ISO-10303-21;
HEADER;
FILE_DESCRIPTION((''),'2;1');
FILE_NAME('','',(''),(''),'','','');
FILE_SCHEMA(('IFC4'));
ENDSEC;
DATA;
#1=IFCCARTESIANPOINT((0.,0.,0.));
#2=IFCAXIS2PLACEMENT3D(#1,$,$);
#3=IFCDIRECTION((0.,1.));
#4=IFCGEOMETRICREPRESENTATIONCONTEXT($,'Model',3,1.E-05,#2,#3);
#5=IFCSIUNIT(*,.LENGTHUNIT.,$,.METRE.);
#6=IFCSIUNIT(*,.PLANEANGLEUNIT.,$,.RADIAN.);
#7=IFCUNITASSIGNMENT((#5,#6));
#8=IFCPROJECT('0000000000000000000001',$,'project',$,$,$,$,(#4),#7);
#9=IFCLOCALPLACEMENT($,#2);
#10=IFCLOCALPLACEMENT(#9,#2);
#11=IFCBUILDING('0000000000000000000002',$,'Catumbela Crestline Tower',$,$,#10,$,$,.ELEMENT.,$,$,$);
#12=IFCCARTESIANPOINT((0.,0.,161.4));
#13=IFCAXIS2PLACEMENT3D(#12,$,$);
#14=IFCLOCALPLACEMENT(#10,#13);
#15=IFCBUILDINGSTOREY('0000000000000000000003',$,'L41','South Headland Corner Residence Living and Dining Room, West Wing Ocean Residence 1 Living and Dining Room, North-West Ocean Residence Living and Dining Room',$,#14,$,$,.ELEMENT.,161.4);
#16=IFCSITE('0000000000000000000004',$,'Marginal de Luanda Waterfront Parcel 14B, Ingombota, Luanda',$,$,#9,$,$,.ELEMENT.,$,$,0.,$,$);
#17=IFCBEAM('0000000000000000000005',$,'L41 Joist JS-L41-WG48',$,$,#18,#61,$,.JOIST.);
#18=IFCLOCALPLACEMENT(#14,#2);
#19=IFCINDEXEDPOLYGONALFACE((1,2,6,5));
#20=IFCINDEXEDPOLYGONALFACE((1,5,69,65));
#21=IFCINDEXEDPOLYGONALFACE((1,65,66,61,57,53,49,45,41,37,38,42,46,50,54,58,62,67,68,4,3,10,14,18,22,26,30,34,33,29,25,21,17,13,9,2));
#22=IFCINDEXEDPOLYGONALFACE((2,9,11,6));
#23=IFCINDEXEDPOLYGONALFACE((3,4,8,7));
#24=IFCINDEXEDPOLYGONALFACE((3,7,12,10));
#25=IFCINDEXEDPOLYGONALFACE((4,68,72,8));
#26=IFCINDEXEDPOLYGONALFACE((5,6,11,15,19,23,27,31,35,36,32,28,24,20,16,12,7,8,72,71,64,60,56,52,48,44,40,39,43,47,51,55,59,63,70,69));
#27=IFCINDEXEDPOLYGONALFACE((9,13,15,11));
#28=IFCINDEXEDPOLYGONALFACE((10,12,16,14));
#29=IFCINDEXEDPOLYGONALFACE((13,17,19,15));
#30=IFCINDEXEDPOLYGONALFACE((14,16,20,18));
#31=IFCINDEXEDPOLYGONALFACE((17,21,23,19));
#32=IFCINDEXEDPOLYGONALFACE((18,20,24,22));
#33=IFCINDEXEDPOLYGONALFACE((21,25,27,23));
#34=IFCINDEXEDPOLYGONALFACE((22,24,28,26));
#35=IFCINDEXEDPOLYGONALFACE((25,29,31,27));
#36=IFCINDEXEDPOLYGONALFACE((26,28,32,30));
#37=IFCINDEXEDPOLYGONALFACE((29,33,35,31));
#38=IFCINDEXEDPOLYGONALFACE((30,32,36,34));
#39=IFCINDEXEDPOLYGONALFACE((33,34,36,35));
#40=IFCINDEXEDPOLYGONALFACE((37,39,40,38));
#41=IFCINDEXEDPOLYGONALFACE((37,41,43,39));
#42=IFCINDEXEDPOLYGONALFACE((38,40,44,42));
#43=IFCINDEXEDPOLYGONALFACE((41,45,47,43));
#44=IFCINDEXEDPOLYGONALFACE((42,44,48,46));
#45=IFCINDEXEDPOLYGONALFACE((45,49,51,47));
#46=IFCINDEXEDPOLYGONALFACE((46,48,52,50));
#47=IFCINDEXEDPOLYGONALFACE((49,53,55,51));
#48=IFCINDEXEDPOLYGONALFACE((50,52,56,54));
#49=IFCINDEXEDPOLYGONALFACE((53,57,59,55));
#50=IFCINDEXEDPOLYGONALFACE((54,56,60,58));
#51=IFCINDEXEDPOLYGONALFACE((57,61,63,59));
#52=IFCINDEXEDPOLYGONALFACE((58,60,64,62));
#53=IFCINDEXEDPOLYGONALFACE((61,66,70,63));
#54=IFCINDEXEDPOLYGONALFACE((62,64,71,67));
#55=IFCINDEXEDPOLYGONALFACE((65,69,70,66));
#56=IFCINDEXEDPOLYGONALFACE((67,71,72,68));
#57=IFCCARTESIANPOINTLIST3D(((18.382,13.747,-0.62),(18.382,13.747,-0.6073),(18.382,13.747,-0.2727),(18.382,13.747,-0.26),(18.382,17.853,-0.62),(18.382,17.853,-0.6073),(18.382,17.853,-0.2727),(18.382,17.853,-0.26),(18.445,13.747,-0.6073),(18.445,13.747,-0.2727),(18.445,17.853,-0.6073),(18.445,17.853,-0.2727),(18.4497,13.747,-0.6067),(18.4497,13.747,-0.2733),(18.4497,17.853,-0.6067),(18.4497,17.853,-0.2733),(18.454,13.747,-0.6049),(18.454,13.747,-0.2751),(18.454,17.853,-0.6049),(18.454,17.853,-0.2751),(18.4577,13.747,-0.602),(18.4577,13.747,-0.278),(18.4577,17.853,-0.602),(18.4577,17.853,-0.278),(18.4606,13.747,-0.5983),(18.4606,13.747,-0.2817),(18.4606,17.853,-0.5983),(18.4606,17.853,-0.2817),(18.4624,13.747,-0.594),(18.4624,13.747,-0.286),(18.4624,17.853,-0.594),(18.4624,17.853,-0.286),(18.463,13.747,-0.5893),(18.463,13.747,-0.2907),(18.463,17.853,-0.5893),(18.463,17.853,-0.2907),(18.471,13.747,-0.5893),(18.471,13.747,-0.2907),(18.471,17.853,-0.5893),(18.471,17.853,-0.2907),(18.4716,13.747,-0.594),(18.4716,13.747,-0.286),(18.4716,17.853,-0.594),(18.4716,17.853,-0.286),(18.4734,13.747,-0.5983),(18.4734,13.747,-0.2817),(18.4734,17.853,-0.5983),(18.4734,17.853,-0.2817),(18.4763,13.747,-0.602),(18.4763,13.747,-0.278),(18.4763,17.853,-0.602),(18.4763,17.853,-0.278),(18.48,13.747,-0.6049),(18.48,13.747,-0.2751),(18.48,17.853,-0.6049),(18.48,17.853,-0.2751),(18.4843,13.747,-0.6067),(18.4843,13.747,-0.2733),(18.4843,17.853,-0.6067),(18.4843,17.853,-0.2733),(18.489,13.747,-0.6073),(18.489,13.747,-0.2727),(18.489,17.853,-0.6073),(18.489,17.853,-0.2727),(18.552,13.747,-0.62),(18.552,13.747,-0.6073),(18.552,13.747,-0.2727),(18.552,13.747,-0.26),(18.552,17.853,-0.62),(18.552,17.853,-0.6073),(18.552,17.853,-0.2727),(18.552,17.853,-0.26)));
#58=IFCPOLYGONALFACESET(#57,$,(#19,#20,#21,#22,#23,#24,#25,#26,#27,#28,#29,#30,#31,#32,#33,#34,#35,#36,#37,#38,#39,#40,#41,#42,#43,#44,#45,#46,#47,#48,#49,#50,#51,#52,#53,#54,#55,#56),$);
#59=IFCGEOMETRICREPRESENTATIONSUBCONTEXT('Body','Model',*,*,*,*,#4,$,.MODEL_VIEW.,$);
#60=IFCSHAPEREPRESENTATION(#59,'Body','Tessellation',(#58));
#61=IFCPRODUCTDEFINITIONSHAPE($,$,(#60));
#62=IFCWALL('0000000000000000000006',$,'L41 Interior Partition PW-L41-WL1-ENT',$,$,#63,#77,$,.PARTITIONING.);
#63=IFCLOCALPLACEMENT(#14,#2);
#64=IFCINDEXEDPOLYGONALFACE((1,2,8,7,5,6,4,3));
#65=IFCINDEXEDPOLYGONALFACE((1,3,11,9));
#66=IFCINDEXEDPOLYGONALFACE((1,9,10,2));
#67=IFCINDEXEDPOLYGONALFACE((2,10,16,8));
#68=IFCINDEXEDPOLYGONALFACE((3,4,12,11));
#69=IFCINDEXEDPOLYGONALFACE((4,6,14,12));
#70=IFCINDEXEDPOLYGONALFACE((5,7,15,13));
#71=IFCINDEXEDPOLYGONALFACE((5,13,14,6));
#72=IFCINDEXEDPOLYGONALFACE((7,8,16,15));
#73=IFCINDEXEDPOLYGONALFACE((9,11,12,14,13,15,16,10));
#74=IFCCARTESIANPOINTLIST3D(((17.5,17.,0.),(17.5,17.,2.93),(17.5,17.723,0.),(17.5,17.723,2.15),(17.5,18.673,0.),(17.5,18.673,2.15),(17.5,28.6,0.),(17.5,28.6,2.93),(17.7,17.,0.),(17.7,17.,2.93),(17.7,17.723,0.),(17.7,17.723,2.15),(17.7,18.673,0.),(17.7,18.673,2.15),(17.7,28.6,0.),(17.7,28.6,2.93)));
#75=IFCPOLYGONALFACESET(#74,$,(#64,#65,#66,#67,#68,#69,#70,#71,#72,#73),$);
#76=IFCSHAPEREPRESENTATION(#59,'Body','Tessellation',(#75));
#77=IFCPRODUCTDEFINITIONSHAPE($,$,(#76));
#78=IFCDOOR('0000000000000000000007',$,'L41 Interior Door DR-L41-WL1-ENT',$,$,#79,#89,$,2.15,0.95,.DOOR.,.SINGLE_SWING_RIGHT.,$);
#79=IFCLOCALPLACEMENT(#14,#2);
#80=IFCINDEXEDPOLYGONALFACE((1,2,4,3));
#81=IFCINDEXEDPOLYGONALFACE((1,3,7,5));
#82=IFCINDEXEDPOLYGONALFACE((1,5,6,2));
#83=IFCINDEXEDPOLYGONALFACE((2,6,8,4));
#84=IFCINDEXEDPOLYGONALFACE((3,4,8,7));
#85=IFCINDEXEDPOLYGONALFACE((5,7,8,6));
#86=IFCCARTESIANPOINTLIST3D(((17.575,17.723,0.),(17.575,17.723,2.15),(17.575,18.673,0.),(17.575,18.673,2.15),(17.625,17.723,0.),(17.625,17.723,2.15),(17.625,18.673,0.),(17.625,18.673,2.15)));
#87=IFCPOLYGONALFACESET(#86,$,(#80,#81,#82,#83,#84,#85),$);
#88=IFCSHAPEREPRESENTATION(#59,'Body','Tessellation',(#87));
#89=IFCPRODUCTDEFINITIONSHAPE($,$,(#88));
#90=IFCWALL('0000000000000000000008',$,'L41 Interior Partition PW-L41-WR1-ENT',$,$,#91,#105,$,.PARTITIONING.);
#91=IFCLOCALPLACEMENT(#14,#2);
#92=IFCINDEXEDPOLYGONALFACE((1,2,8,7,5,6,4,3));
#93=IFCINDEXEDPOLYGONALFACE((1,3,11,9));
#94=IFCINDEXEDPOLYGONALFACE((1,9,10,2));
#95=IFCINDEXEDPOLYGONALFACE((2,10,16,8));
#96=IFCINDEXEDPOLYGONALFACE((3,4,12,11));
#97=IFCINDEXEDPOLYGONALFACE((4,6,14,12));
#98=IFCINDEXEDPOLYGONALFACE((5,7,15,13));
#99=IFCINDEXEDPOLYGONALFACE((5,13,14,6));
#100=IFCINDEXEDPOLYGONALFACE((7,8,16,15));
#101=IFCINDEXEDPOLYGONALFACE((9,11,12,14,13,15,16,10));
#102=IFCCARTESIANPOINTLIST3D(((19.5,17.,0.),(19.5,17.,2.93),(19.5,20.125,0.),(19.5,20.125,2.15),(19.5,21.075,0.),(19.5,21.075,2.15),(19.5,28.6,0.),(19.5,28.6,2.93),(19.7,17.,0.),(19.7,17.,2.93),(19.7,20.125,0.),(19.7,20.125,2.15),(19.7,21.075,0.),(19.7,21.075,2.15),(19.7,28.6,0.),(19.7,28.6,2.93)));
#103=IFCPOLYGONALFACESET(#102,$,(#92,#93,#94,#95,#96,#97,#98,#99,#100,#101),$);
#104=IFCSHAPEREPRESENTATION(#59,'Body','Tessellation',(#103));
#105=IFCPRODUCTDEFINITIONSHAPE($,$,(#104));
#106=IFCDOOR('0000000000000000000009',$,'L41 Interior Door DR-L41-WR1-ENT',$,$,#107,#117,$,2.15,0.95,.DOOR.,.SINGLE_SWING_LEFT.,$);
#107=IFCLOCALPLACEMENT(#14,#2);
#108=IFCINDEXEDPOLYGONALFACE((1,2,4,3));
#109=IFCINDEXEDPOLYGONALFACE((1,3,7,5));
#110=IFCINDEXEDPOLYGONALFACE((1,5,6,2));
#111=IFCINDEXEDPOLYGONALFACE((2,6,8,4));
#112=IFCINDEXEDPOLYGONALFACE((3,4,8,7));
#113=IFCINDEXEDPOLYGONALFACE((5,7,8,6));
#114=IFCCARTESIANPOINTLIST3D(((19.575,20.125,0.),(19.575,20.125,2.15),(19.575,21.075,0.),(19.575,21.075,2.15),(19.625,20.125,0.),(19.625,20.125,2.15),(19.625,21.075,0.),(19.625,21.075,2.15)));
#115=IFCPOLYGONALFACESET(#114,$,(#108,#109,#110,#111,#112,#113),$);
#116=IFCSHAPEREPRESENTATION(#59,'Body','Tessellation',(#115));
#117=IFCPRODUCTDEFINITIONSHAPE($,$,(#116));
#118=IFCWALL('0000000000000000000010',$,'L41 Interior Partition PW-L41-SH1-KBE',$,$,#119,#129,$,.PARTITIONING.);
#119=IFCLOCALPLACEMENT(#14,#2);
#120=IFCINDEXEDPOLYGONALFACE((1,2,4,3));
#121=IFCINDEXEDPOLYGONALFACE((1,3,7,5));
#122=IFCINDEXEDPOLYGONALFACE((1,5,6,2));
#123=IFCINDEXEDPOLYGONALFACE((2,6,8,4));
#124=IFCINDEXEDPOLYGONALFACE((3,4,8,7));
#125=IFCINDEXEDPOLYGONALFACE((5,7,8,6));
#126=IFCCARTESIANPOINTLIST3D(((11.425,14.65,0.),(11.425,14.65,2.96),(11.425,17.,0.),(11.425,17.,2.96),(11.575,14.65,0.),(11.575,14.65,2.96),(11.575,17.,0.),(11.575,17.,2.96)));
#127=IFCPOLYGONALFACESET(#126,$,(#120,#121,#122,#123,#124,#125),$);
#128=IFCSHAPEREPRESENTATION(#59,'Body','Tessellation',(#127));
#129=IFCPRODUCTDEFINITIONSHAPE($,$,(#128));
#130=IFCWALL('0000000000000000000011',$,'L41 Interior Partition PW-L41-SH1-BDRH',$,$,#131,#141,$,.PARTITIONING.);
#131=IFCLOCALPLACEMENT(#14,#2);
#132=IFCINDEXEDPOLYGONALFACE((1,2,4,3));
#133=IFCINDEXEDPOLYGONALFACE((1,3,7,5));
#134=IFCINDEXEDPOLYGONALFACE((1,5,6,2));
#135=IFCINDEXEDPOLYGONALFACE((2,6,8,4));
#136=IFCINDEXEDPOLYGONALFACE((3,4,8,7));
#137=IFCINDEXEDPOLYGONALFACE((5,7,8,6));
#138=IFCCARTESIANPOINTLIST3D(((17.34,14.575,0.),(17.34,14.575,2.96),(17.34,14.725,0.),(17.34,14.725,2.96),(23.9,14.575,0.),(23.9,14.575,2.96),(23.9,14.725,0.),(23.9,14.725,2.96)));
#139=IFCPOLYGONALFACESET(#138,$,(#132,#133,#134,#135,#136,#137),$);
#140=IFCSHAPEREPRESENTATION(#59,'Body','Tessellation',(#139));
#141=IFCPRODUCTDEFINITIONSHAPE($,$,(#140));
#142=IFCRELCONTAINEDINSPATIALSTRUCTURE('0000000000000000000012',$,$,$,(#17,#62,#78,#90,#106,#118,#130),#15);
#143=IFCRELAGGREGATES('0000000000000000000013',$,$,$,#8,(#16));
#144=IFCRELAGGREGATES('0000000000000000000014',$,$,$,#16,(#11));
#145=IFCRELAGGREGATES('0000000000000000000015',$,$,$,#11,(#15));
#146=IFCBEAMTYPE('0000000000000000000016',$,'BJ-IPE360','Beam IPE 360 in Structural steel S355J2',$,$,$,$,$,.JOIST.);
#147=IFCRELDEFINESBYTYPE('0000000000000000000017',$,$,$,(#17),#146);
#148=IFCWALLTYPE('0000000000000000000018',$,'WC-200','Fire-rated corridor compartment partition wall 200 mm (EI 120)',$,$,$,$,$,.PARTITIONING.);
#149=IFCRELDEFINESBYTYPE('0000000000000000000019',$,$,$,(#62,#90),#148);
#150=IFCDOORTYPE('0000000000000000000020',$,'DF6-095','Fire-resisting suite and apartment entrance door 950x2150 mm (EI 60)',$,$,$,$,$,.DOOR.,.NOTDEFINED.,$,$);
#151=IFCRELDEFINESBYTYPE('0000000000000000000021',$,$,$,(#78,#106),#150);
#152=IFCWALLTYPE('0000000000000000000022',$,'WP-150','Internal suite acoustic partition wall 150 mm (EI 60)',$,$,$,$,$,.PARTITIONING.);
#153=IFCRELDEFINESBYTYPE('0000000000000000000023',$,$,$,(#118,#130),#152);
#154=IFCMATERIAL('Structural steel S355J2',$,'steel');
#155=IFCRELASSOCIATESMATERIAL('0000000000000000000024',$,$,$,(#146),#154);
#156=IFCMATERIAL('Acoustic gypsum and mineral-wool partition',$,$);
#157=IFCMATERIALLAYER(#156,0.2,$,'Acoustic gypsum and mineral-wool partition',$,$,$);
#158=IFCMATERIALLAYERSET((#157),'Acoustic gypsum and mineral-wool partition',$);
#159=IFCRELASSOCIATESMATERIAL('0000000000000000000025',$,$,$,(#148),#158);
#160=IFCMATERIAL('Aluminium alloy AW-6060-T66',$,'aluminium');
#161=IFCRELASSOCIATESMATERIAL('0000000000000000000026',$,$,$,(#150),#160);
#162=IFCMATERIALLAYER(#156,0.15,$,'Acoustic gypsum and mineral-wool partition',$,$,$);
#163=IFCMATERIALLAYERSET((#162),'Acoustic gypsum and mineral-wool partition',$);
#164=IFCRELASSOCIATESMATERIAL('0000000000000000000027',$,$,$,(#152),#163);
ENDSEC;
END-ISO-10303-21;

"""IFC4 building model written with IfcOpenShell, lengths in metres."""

from ifc_helpers import new_model, si_unit, direction, frame, frame_2d, origin, origin_2d, place, context, subcontext, project, spatial, rectangle, i_section, extrude, material, layer, layer_set, material_profile, profile_set, type_object, element, fill, save


model = new_model("IFC4")

# Units and contexts
model_context = context("Model", 3, precision=1e-05, world=origin(), true_north=direction((0.0, 1.0)))
body_context = subcontext(model_context, "Body", "Model", "MODEL_VIEW")
ifc_project = project(units=[si_unit("LENGTHUNIT", "METRE"), si_unit("PLANEANGLEUNIT", "RADIAN")], contexts=[model_context])

# Site, building, storey
site_placement = place(None, origin())
site = spatial("IfcSite", under=ifc_project, at=site_placement, Name="Marginal de Luanda Waterfront Parcel 14B, Ingombota, Luanda", CompositionType="ELEMENT", RefElevation=0.0)
building_placement = place(site_placement, origin())
building = spatial("IfcBuilding", under=site, at=building_placement, Name="Catumbela Crestline Tower", CompositionType="ELEMENT")
storey_placement = place(building_placement, frame((0.0, 0.0, 161.4)))
storey = spatial("IfcBuildingStorey", under=building, at=storey_placement, Name="L41", Description="South Headland Corner Residence Living and Dining Room, West Wing Ocean Residence 1 Living and Dining Room, North-West Ocean Residence Living and Dining Room", CompositionType="ELEMENT", Elevation=161.4)

# Shared definitions
ifc_material_1 = material(Name="Structural steel S355J2", Category="steel")

# Beam
ifc_material_profile_1 = material_profile(ifc_material_1, i_section(OverallWidth=0.17, OverallDepth=0.36, WebThickness=0.008, FlangeThickness=0.0127, FilletRadius=0.018, at=origin_2d()), Name="IPE 360")
ifc_profile_set_1 = profile_set([ifc_material_profile_1], Name="Structural steel S355J2")
beam_type_1 = type_object("IfcBeamType", Name="BJ-IPE360", Description="Beam IPE 360 in Structural steel S355J2", PredefinedType="JOIST", material=ifc_profile_set_1)
for number, where, z_axis, x_axis, name in (
    (1, (18.467, 13.747, -0.44), (0.0, 1.0, 0.0), (-1.0, 0.0, 0.0), "L41 Joist JS-L41-WG48"),
):
    element("IfcBeam", number, at=place(storey_placement, frame(where, z_axis=z_axis, x_axis=x_axis)), inside=storey, type_object=beam_type_1, Name=name, PredefinedType="JOIST", context=body_context, shape_type="SweptSolid", body=[
        extrude(i_section(OverallWidth=0.17, OverallDepth=0.36, WebThickness=0.008, FlangeThickness=0.0127, FilletRadius=0.018, at=origin_2d()), origin(), (0.0, 0.0, 1.0), 4.106),
    ])

# Walls, openings, doors
ifc_material_2 = material(Name="Acoustic gypsum and mineral-wool partition")
ifc_layer_1 = layer(ifc_material_2, 0.2, Name="Acoustic gypsum and mineral-wool partition")
ifc_layer_set_1 = layer_set([ifc_layer_1], Name="Acoustic gypsum and mineral-wool partition")
wall_type_1 = type_object("IfcWallType", Name="WC-200", Description="Fire-rated corridor compartment partition wall 200 mm (EI 120)", PredefinedType="PARTITIONING", material=ifc_layer_set_1)
wall_1_placement = place(storey_placement, frame((17.6, 17.0, 0.0), z_axis=(0.0, 0.0, 1.0), x_axis=(0.0, 1.0, 0.0)))
wall_1 = element("IfcWall", 2, at=wall_1_placement, inside=storey, type_object=wall_type_1, Name="L41 Interior Partition PW-L41-WL1-ENT", PredefinedType="PARTITIONING", context=body_context, shape_type="SweptSolid", body=[
    extrude(rectangle(XDim=11.6, YDim=0.2, at=frame_2d((5.8, 0.0))), origin(), (0.0, 0.0, 1.0), 2.93),
])
opening_1_placement = place(wall_1_placement, frame((0.723, 0.0, 0.0)))
opening_1 = element("IfcOpeningElement", 3, at=opening_1_placement, cuts=wall_1, PredefinedType="OPENING", context=body_context, shape_type="SweptSolid", body=[
    extrude(rectangle(XDim=0.95, YDim=2.15, at=frame_2d((0.475, 1.075))), frame((0.0, 0.11, 0.0), z_axis=(0.0, -1.0, 0.0), x_axis=(1.0, 0.0, 0.0)), (0.0, 0.0, 1.0), 0.22),
])
ifc_material_3 = material(Name="Aluminium alloy AW-6060-T66", Category="aluminium")
door_type = type_object("IfcDoorType", Name="DF6-095", Description="Fire-resisting suite and apartment entrance door 950x2150 mm (EI 60)", OperationType="NOTDEFINED", PredefinedType="DOOR", material=ifc_material_3)
door_1_placement = place(opening_1_placement, origin())
door_1 = element("IfcDoor", 4, at=door_1_placement, inside=storey, type_object=door_type, Name="L41 Interior Door DR-L41-WL1-ENT", OperationType="SINGLE_SWING_RIGHT", OverallHeight=2.15, OverallWidth=0.95, PredefinedType="DOOR", context=body_context, shape_type="SweptSolid", body=[
    extrude(rectangle(XDim=0.95, YDim=2.15, at=frame_2d((0.475, 1.075))), frame((0.0, 0.025, 0.0), z_axis=(0.0, -1.0, 0.0), x_axis=(1.0, 0.0, 0.0)), (0.0, 0.0, 1.0), 0.05),
])
fill(opening_1, door_1)
wall_2_placement = place(storey_placement, frame((19.6, 17.0, 0.0), z_axis=(0.0, 0.0, 1.0), x_axis=(0.0, 1.0, 0.0)))
wall_2 = element("IfcWall", 5, at=wall_2_placement, inside=storey, type_object=wall_type_1, Name="L41 Interior Partition PW-L41-WR1-ENT", PredefinedType="PARTITIONING", context=body_context, shape_type="SweptSolid", body=[
    extrude(rectangle(XDim=11.6, YDim=0.2, at=frame_2d((5.8, 0.0))), origin(), (0.0, 0.0, 1.0), 2.93),
])
opening_2_placement = place(wall_2_placement, frame((3.125, 0.0, 0.0)))
opening_2 = element("IfcOpeningElement", 6, at=opening_2_placement, cuts=wall_2, PredefinedType="OPENING", context=body_context, shape_type="SweptSolid", body=[
    extrude(rectangle(XDim=0.95, YDim=2.15, at=frame_2d((0.475, 1.075))), frame((0.0, 0.11, 0.0), z_axis=(0.0, -1.0, 0.0), x_axis=(1.0, 0.0, 0.0)), (0.0, 0.0, 1.0), 0.22),
])
door_2_placement = place(opening_2_placement, origin())
door_2 = element("IfcDoor", 7, at=door_2_placement, inside=storey, type_object=door_type, Name="L41 Interior Door DR-L41-WR1-ENT", OperationType="SINGLE_SWING_LEFT", OverallHeight=2.15, OverallWidth=0.95, PredefinedType="DOOR", context=body_context, shape_type="SweptSolid", body=[
    extrude(rectangle(XDim=0.95, YDim=2.15, at=frame_2d((0.475, 1.075))), frame((0.0, 0.025, 0.0), z_axis=(0.0, -1.0, 0.0), x_axis=(1.0, 0.0, 0.0)), (0.0, 0.0, 1.0), 0.05),
])
fill(opening_2, door_2)

# Walls
ifc_layer_2 = layer(ifc_material_2, 0.15, Name="Acoustic gypsum and mineral-wool partition")
ifc_layer_set_2 = layer_set([ifc_layer_2], Name="Acoustic gypsum and mineral-wool partition")
wall_type_2 = type_object("IfcWallType", Name="WP-150", Description="Internal suite acoustic partition wall 150 mm (EI 60)", PredefinedType="PARTITIONING", material=ifc_layer_set_2)
wall_3_placement = place(storey_placement, frame((11.5, 14.65, 0.0), z_axis=(0.0, 0.0, 1.0), x_axis=(0.0, 1.0, 0.0)))
element("IfcWall", 8, at=wall_3_placement, inside=storey, type_object=wall_type_2, Name="L41 Interior Partition PW-L41-SH1-KBE", PredefinedType="PARTITIONING", context=body_context, shape_type="SweptSolid", body=[
    extrude(rectangle(XDim=2.35, YDim=0.15, at=frame_2d((1.175, 0.0))), origin(), (0.0, 0.0, 1.0), 2.96),
])
wall_4_placement = place(storey_placement, frame((17.34, 14.65, 0.0), z_axis=(0.0, 0.0, 1.0), x_axis=(1.0, 0.0, 0.0)))
element("IfcWall", 9, at=wall_4_placement, inside=storey, type_object=wall_type_2, Name="L41 Interior Partition PW-L41-SH1-BDRH", PredefinedType="PARTITIONING", context=body_context, shape_type="SweptSolid", body=[
    extrude(rectangle(XDim=6.56, YDim=0.15, at=frame_2d((3.28, 0.0))), origin(), (0.0, 0.0, 1.0), 2.96),
])

save(model, "model.ifc")
